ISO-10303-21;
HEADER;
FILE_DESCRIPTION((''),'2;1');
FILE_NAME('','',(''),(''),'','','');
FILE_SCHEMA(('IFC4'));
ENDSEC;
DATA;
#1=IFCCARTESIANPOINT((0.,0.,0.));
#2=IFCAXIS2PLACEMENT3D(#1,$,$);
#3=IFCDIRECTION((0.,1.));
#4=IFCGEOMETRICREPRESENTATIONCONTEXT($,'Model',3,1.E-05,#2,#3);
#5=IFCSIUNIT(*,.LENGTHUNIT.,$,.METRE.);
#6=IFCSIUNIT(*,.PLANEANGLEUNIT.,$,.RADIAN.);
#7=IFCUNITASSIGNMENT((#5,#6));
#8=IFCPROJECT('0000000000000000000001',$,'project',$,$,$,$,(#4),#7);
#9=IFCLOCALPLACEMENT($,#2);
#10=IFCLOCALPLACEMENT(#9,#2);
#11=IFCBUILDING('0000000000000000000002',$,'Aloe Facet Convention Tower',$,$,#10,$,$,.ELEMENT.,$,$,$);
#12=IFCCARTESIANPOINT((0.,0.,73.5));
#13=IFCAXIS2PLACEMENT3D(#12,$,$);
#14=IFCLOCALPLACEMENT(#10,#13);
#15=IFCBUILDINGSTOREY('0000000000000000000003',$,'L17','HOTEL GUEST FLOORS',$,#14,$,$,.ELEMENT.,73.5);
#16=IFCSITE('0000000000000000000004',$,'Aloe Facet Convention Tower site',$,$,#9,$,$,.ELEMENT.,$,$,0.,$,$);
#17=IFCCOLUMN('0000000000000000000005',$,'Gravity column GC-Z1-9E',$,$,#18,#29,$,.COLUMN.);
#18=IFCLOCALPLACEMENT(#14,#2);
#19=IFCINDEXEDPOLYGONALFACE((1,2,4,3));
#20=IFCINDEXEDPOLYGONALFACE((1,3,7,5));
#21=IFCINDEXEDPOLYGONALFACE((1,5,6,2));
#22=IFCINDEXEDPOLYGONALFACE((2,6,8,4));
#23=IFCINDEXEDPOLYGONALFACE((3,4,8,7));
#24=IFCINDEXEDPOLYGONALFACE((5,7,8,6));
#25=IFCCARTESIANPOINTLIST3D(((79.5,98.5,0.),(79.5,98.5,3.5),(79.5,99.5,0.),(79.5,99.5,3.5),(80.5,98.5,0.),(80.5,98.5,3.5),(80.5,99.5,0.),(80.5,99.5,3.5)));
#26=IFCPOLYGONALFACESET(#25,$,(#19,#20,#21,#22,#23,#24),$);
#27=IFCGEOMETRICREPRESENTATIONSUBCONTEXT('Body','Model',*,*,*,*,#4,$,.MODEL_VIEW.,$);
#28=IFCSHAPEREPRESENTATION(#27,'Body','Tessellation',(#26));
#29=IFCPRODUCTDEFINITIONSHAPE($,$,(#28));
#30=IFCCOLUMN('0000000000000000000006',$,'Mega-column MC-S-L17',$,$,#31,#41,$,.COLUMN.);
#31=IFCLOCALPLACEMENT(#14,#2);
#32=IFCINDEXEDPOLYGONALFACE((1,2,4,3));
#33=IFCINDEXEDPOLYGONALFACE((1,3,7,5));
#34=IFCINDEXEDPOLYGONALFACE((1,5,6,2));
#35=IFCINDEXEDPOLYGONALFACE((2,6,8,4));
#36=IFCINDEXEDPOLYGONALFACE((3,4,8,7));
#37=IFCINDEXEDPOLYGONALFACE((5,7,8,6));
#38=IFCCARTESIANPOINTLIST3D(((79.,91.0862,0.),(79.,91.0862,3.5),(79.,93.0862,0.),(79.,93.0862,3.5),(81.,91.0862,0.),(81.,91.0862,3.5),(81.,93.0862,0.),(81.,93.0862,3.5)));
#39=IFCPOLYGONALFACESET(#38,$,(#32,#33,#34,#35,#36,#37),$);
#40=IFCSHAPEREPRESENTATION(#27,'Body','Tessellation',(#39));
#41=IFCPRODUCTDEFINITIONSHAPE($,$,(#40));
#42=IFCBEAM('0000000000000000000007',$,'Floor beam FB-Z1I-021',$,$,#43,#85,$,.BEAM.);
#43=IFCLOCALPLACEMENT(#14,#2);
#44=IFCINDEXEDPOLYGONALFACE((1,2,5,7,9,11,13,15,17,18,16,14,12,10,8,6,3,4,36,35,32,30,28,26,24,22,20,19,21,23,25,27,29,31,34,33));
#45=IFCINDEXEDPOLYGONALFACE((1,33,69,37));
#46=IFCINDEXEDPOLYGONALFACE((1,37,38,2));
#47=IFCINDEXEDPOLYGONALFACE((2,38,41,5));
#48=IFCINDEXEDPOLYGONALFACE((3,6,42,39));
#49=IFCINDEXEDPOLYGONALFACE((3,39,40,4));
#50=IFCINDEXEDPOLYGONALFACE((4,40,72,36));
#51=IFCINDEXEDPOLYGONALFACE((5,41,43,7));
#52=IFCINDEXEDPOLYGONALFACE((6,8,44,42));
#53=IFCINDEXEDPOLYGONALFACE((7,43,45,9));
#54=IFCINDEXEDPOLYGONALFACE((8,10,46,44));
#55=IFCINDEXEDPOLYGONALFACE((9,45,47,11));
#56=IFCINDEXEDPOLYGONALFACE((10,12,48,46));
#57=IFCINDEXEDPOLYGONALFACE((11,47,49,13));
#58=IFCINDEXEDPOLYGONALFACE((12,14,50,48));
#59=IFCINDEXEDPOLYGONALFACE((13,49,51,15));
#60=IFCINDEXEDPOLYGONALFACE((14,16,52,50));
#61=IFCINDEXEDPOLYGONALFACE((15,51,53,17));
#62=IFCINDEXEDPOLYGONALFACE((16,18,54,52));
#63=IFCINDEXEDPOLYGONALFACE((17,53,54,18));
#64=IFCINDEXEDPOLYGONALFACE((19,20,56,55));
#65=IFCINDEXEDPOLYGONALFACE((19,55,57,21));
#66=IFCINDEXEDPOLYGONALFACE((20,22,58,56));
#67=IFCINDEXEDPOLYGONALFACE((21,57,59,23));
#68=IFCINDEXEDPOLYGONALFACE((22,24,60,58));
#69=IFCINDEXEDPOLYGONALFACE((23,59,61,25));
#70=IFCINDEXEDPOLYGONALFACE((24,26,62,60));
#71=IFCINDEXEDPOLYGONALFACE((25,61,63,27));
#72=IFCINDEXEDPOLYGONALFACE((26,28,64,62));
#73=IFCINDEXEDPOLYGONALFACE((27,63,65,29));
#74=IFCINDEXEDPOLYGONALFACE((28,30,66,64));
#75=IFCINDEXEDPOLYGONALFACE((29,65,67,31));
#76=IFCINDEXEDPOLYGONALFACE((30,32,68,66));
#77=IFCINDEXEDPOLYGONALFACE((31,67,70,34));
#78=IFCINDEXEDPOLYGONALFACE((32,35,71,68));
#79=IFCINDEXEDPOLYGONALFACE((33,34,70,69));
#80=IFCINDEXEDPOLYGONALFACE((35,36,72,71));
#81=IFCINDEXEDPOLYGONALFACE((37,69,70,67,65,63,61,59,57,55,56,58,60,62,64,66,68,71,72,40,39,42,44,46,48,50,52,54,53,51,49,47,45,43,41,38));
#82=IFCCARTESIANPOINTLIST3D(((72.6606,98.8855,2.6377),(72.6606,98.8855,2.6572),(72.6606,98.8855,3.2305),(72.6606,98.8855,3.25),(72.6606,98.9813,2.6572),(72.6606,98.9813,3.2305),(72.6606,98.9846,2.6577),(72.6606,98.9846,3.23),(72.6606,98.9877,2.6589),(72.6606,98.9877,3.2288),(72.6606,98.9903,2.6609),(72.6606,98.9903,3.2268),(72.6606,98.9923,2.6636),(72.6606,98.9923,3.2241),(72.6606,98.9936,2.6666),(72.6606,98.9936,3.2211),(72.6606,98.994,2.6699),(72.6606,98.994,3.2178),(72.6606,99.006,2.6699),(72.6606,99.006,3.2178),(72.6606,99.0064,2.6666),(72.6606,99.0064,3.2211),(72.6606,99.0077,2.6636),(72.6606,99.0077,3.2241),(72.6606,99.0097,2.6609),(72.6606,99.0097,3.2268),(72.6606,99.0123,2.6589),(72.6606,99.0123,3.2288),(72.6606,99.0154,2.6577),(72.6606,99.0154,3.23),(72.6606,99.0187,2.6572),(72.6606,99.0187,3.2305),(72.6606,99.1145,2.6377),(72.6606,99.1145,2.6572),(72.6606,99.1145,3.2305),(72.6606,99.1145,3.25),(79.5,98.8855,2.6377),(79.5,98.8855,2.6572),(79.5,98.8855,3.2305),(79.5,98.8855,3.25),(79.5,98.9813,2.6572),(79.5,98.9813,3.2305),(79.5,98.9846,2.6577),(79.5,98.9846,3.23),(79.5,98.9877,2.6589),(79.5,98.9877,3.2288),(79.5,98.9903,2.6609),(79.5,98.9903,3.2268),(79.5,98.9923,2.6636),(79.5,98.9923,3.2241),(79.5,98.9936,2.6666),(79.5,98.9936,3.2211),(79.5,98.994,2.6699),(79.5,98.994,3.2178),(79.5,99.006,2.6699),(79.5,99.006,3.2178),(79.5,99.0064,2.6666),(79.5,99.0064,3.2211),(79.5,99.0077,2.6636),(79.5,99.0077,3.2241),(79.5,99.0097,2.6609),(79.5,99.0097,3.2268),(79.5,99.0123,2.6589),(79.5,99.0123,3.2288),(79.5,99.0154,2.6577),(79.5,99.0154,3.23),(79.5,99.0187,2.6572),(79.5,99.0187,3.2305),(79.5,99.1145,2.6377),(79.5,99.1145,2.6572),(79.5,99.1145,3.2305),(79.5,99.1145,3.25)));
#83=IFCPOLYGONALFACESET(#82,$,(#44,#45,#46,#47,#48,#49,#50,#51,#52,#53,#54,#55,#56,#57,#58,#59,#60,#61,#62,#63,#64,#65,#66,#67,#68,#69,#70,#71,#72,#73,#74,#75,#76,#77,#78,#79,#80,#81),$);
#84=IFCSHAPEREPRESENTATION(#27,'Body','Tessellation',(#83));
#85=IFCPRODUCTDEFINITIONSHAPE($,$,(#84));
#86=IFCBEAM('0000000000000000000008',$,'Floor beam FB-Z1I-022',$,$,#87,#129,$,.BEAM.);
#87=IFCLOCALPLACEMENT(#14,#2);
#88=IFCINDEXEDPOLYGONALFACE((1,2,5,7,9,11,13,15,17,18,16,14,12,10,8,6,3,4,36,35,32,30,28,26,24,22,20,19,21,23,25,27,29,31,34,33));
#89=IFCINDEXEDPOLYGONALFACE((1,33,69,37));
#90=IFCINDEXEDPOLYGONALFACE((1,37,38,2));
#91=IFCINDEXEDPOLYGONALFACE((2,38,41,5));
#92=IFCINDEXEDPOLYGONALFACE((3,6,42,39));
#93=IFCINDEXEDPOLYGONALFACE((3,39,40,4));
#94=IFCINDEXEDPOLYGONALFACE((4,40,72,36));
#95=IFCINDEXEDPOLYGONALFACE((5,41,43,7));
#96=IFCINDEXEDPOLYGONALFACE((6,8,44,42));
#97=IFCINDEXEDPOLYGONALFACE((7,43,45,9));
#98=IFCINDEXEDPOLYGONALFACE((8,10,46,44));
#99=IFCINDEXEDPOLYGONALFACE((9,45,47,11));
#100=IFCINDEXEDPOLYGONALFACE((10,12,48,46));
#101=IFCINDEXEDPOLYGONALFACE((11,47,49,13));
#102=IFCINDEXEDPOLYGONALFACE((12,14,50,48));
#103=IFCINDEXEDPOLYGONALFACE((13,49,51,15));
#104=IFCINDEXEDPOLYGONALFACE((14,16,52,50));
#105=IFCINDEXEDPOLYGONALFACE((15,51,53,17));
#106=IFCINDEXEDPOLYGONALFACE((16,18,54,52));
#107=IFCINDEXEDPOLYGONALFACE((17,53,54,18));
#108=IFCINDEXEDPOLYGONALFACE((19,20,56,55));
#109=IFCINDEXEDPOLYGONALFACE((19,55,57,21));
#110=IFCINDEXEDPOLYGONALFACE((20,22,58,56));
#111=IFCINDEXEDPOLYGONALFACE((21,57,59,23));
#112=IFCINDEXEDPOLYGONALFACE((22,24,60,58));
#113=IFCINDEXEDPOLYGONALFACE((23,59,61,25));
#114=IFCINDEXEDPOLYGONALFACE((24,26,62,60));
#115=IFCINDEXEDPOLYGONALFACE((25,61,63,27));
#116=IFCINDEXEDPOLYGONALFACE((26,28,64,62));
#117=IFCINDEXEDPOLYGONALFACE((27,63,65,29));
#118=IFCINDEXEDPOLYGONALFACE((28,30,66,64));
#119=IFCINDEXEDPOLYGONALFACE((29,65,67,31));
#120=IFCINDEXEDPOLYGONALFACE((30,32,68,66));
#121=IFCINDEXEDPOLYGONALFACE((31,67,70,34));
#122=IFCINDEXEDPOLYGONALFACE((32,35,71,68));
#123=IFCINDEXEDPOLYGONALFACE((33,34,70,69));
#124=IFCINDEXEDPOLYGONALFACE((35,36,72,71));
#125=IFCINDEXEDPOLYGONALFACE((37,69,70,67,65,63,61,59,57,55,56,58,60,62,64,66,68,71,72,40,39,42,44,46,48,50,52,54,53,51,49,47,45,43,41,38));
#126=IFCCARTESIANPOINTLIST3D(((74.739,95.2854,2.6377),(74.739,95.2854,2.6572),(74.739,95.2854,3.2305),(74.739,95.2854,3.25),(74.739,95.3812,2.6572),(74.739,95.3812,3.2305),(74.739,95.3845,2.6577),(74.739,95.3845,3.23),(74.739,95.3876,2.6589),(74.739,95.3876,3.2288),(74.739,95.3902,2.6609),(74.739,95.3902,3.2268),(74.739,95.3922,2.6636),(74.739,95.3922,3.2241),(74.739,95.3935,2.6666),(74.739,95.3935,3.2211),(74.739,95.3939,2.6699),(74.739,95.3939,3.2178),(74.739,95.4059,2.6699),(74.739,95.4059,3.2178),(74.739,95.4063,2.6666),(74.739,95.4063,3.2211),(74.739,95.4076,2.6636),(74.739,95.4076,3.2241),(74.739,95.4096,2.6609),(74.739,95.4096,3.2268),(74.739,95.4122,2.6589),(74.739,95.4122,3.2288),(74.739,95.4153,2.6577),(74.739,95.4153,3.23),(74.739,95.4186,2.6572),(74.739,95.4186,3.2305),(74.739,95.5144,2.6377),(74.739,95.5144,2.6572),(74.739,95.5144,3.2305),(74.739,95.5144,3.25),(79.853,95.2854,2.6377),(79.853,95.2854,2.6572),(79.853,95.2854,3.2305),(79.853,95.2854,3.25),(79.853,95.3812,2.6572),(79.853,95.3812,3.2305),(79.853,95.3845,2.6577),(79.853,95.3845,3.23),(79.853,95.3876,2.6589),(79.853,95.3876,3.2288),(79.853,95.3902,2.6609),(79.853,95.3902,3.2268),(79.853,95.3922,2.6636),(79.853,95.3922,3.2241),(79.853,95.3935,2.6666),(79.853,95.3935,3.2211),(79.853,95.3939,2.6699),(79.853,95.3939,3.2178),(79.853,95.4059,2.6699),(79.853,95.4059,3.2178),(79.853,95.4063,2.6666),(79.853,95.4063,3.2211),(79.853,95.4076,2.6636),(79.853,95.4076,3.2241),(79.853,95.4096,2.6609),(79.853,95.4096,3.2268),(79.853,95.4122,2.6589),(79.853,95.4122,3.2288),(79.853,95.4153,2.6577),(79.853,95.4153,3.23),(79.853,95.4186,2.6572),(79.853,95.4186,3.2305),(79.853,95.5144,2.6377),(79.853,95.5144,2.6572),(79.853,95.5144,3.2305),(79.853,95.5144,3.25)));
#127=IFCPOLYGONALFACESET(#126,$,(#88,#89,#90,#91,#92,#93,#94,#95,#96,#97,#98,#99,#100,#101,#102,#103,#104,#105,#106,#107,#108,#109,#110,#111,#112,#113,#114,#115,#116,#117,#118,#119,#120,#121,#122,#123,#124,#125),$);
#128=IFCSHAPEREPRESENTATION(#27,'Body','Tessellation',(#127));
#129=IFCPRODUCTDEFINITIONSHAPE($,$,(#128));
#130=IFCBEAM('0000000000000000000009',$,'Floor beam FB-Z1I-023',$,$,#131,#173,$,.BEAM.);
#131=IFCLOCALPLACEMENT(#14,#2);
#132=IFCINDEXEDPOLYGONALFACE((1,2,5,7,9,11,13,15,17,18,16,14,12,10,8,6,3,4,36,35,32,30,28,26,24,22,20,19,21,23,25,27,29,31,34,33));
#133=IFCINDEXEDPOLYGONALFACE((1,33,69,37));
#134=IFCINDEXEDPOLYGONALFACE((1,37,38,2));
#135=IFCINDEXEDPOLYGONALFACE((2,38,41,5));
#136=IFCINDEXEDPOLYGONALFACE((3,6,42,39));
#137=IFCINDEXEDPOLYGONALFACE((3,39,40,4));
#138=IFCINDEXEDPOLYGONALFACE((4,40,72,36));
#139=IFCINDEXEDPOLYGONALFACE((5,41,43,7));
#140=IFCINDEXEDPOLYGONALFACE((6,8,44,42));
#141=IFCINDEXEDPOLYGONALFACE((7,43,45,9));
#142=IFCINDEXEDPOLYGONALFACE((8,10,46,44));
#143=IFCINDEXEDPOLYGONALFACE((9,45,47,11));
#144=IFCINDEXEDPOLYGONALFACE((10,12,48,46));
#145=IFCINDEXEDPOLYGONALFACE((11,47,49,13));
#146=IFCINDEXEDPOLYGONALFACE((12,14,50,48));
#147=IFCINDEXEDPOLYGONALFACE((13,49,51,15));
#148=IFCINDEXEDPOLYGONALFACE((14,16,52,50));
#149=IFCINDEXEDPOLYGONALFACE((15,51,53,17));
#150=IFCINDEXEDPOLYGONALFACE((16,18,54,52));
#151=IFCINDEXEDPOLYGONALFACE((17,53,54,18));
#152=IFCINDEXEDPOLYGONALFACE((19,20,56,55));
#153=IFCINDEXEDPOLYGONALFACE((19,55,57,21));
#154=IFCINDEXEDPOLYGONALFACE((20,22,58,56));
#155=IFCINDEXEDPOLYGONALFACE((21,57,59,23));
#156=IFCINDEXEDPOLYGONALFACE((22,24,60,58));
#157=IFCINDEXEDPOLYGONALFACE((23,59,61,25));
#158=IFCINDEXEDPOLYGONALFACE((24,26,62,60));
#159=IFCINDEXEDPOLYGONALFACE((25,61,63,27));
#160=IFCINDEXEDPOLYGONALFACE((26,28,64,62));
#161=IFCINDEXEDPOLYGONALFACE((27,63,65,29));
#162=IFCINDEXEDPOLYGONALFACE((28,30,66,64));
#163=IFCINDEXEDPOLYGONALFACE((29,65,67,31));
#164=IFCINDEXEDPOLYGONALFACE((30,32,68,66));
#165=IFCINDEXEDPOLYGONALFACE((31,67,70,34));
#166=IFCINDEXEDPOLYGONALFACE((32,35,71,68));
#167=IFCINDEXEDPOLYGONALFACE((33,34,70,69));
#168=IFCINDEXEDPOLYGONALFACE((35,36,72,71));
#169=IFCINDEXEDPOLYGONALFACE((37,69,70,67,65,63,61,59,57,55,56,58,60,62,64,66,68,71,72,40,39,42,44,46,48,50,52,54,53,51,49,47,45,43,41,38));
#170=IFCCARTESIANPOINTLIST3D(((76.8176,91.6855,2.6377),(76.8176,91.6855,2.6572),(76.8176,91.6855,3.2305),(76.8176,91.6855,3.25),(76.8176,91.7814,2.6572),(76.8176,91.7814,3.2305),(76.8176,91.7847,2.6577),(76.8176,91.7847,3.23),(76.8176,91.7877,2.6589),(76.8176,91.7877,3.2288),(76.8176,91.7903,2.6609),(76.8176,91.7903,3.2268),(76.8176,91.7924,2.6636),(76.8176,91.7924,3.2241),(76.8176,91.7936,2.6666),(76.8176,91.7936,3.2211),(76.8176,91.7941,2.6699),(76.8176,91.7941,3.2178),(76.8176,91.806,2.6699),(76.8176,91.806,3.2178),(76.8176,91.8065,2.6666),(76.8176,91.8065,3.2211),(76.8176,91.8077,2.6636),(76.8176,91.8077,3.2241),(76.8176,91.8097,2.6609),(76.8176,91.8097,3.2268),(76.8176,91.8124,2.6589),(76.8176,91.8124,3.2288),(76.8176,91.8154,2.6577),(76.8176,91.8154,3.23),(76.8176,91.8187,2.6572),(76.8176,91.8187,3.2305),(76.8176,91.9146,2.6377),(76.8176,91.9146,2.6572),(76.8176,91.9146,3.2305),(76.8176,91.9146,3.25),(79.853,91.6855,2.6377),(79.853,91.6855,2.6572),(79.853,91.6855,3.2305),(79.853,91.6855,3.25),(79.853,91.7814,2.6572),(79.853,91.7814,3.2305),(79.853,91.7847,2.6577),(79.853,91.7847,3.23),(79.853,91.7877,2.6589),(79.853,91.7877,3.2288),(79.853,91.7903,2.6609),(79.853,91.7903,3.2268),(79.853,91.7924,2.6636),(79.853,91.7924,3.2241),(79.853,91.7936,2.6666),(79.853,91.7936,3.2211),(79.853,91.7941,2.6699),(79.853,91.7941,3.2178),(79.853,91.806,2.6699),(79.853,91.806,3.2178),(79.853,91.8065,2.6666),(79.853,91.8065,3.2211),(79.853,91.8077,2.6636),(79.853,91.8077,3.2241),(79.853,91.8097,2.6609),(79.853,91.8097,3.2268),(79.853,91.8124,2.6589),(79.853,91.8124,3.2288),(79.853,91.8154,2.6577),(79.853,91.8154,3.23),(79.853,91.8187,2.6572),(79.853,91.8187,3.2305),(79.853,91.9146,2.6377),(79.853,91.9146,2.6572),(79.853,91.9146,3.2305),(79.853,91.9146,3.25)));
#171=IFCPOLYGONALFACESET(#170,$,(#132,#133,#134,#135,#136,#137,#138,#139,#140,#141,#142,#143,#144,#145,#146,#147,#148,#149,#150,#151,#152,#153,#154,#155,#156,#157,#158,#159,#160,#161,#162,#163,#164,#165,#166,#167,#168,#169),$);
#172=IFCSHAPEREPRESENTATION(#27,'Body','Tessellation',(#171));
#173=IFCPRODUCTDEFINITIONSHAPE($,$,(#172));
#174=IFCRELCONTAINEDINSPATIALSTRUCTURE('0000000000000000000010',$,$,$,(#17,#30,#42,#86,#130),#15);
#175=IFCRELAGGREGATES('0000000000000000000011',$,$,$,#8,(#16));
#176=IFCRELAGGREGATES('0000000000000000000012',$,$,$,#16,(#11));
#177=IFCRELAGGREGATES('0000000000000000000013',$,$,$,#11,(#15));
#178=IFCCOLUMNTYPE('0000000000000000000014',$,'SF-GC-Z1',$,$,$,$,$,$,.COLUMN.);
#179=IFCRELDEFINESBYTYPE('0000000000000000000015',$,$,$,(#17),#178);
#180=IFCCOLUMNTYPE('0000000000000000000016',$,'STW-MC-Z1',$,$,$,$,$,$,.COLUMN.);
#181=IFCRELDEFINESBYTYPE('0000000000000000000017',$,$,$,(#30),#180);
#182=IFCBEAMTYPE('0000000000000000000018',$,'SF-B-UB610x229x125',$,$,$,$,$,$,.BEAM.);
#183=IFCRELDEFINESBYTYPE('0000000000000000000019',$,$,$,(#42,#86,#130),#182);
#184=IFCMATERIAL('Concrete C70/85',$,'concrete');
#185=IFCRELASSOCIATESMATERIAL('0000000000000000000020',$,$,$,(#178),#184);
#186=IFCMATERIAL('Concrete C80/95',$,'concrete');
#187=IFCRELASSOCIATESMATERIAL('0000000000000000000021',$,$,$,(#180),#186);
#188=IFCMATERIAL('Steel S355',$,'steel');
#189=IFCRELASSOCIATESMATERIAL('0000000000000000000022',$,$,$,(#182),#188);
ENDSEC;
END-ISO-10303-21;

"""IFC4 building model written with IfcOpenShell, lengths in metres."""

from ifc_helpers import new_model, si_unit, direction, frame, origin, origin_2d, place, context, subcontext, project, spatial, rectangle, i_section, extrude, material, material_profile, profile_set, type_object, element, save


model = new_model("IFC4")

# Units and contexts
model_context = context("Model", 3, precision=1e-05, world=origin(), true_north=direction((0.0, 1.0)))
body_context = subcontext(model_context, "Body", "Model", "MODEL_VIEW")
ifc_project = project(units=[si_unit("LENGTHUNIT", "METRE"), si_unit("PLANEANGLEUNIT", "RADIAN")], contexts=[model_context])

# Site, building, storey
site_placement = place(None, origin())
site = spatial("IfcSite", under=ifc_project, at=site_placement, Name="Aloe Facet Convention Tower site", CompositionType="ELEMENT", RefElevation=0.0)
building_placement = place(site_placement, origin())
building = spatial("IfcBuilding", under=site, at=building_placement, Name="Aloe Facet Convention Tower", CompositionType="ELEMENT")
storey_placement = place(building_placement, frame((0.0, 0.0, 73.5)))
storey = spatial("IfcBuildingStorey", under=building, at=storey_placement, Name="L17", Description="HOTEL GUEST FLOORS", CompositionType="ELEMENT", Elevation=73.5)

# Columns
ifc_material_1 = material(Name="Concrete C70/85", Category="concrete")
ifc_material_profile_1 = material_profile(ifc_material_1, rectangle(XDim=1.0, YDim=1.0, at=origin_2d()), Name="SF-GC-Z1")
ifc_profile_set_1 = profile_set([ifc_material_profile_1], Name="Concrete C70/85")
column_type_1 = type_object("IfcColumnType", Name="SF-GC-Z1", PredefinedType="COLUMN", material=ifc_profile_set_1)
column_1_placement = place(storey_placement, frame((80.0, 99.0, 0.0), z_axis=(0.0, 0.0, 1.0), x_axis=(1.0, 0.0, 0.0)))
element("IfcColumn", 1, at=column_1_placement, inside=storey, type_object=column_type_1, Name="Gravity column GC-Z1-9E", PredefinedType="COLUMN", context=body_context, shape_type="SweptSolid", body=[
    extrude(rectangle(XDim=1.0, YDim=1.0, at=origin_2d()), origin(), (0.0, 0.0, 1.0), 3.5),
])
ifc_material_2 = material(Name="Concrete C80/95", Category="concrete")
ifc_material_profile_2 = material_profile(ifc_material_2, rectangle(XDim=2.0, YDim=2.0, at=origin_2d()), Name="STW-MC-Z1")
ifc_profile_set_2 = profile_set([ifc_material_profile_2], Name="Concrete C80/95")
column_type_2 = type_object("IfcColumnType", Name="STW-MC-Z1", PredefinedType="COLUMN", material=ifc_profile_set_2)
column_2_placement = place(storey_placement, frame((80.0, 92.0862, 0.0), z_axis=(0.0, 0.0, 1.0), x_axis=(1.0, 0.0, 0.0)))
element("IfcColumn", 2, at=column_2_placement, inside=storey, type_object=column_type_2, Name="Mega-column MC-S-L17", PredefinedType="COLUMN", context=body_context, shape_type="SweptSolid", body=[
    extrude(rectangle(XDim=2.0, YDim=2.0, at=origin_2d()), origin(), (0.0, 0.0, 1.0), 3.5),
])

# Beams
ifc_material_3 = material(Name="Steel S355", Category="steel")
ifc_material_profile_3 = material_profile(ifc_material_3, i_section(OverallWidth=0.229, OverallDepth=0.6123, WebThickness=0.012, FlangeThickness=0.0195, FilletRadius=0.0127, at=origin_2d()), Name="UB 610x229x125")
ifc_profile_set_3 = profile_set([ifc_material_profile_3], Name="Steel S355")
beam_type_1 = type_object("IfcBeamType", Name="SF-B-UB610x229x125", PredefinedType="BEAM", material=ifc_profile_set_3)
beam_1_placement = place(storey_placement, frame((72.6606, 99.0, 2.9438), z_axis=(1.0, 0.0, 0.0), x_axis=(0.0, 1.0, 0.0)))
element("IfcBeam", 3, at=beam_1_placement, inside=storey, type_object=beam_type_1, Name="Floor beam FB-Z1I-021", PredefinedType="BEAM", context=body_context, shape_type="SweptSolid", body=[
    extrude(i_section(OverallWidth=0.229, OverallDepth=0.6123, WebThickness=0.012, FlangeThickness=0.0195, FilletRadius=0.0127, at=origin_2d()), origin(), (0.0, 0.0, 1.0), 6.8394),
])
beam_2_placement = place(storey_placement, frame((74.739, 95.3999, 2.9438), z_axis=(1.0, 0.0, 0.0), x_axis=(0.0, 1.0, 0.0)))
element("IfcBeam", 4, at=beam_2_placement, inside=storey, type_object=beam_type_1, Name="Floor beam FB-Z1I-022", PredefinedType="BEAM", context=body_context, shape_type="SweptSolid", body=[
    extrude(i_section(OverallWidth=0.229, OverallDepth=0.6123, WebThickness=0.012, FlangeThickness=0.0195, FilletRadius=0.0127, at=origin_2d()), origin(), (0.0, 0.0, 1.0), 5.114),
])
for number, where, z_axis, x_axis, name in (
    (5, (76.8176, 91.8, 2.9438), (1.0, 0.0, 0.0), (0.0, 1.0, 0.0), "Floor beam FB-Z1I-023"),
):
    element("IfcBeam", number, at=place(storey_placement, frame(where, z_axis=z_axis, x_axis=x_axis)), inside=storey, type_object=beam_type_1, Name=name, PredefinedType="BEAM", context=body_context, shape_type="SweptSolid", body=[
        extrude(i_section(OverallWidth=0.229, OverallDepth=0.6123, WebThickness=0.012, FlangeThickness=0.0195, FilletRadius=0.0127, at=origin_2d()), origin(), (0.0, 0.0, 1.0), 3.0354),
    ])

save(model, "model.ifc")
